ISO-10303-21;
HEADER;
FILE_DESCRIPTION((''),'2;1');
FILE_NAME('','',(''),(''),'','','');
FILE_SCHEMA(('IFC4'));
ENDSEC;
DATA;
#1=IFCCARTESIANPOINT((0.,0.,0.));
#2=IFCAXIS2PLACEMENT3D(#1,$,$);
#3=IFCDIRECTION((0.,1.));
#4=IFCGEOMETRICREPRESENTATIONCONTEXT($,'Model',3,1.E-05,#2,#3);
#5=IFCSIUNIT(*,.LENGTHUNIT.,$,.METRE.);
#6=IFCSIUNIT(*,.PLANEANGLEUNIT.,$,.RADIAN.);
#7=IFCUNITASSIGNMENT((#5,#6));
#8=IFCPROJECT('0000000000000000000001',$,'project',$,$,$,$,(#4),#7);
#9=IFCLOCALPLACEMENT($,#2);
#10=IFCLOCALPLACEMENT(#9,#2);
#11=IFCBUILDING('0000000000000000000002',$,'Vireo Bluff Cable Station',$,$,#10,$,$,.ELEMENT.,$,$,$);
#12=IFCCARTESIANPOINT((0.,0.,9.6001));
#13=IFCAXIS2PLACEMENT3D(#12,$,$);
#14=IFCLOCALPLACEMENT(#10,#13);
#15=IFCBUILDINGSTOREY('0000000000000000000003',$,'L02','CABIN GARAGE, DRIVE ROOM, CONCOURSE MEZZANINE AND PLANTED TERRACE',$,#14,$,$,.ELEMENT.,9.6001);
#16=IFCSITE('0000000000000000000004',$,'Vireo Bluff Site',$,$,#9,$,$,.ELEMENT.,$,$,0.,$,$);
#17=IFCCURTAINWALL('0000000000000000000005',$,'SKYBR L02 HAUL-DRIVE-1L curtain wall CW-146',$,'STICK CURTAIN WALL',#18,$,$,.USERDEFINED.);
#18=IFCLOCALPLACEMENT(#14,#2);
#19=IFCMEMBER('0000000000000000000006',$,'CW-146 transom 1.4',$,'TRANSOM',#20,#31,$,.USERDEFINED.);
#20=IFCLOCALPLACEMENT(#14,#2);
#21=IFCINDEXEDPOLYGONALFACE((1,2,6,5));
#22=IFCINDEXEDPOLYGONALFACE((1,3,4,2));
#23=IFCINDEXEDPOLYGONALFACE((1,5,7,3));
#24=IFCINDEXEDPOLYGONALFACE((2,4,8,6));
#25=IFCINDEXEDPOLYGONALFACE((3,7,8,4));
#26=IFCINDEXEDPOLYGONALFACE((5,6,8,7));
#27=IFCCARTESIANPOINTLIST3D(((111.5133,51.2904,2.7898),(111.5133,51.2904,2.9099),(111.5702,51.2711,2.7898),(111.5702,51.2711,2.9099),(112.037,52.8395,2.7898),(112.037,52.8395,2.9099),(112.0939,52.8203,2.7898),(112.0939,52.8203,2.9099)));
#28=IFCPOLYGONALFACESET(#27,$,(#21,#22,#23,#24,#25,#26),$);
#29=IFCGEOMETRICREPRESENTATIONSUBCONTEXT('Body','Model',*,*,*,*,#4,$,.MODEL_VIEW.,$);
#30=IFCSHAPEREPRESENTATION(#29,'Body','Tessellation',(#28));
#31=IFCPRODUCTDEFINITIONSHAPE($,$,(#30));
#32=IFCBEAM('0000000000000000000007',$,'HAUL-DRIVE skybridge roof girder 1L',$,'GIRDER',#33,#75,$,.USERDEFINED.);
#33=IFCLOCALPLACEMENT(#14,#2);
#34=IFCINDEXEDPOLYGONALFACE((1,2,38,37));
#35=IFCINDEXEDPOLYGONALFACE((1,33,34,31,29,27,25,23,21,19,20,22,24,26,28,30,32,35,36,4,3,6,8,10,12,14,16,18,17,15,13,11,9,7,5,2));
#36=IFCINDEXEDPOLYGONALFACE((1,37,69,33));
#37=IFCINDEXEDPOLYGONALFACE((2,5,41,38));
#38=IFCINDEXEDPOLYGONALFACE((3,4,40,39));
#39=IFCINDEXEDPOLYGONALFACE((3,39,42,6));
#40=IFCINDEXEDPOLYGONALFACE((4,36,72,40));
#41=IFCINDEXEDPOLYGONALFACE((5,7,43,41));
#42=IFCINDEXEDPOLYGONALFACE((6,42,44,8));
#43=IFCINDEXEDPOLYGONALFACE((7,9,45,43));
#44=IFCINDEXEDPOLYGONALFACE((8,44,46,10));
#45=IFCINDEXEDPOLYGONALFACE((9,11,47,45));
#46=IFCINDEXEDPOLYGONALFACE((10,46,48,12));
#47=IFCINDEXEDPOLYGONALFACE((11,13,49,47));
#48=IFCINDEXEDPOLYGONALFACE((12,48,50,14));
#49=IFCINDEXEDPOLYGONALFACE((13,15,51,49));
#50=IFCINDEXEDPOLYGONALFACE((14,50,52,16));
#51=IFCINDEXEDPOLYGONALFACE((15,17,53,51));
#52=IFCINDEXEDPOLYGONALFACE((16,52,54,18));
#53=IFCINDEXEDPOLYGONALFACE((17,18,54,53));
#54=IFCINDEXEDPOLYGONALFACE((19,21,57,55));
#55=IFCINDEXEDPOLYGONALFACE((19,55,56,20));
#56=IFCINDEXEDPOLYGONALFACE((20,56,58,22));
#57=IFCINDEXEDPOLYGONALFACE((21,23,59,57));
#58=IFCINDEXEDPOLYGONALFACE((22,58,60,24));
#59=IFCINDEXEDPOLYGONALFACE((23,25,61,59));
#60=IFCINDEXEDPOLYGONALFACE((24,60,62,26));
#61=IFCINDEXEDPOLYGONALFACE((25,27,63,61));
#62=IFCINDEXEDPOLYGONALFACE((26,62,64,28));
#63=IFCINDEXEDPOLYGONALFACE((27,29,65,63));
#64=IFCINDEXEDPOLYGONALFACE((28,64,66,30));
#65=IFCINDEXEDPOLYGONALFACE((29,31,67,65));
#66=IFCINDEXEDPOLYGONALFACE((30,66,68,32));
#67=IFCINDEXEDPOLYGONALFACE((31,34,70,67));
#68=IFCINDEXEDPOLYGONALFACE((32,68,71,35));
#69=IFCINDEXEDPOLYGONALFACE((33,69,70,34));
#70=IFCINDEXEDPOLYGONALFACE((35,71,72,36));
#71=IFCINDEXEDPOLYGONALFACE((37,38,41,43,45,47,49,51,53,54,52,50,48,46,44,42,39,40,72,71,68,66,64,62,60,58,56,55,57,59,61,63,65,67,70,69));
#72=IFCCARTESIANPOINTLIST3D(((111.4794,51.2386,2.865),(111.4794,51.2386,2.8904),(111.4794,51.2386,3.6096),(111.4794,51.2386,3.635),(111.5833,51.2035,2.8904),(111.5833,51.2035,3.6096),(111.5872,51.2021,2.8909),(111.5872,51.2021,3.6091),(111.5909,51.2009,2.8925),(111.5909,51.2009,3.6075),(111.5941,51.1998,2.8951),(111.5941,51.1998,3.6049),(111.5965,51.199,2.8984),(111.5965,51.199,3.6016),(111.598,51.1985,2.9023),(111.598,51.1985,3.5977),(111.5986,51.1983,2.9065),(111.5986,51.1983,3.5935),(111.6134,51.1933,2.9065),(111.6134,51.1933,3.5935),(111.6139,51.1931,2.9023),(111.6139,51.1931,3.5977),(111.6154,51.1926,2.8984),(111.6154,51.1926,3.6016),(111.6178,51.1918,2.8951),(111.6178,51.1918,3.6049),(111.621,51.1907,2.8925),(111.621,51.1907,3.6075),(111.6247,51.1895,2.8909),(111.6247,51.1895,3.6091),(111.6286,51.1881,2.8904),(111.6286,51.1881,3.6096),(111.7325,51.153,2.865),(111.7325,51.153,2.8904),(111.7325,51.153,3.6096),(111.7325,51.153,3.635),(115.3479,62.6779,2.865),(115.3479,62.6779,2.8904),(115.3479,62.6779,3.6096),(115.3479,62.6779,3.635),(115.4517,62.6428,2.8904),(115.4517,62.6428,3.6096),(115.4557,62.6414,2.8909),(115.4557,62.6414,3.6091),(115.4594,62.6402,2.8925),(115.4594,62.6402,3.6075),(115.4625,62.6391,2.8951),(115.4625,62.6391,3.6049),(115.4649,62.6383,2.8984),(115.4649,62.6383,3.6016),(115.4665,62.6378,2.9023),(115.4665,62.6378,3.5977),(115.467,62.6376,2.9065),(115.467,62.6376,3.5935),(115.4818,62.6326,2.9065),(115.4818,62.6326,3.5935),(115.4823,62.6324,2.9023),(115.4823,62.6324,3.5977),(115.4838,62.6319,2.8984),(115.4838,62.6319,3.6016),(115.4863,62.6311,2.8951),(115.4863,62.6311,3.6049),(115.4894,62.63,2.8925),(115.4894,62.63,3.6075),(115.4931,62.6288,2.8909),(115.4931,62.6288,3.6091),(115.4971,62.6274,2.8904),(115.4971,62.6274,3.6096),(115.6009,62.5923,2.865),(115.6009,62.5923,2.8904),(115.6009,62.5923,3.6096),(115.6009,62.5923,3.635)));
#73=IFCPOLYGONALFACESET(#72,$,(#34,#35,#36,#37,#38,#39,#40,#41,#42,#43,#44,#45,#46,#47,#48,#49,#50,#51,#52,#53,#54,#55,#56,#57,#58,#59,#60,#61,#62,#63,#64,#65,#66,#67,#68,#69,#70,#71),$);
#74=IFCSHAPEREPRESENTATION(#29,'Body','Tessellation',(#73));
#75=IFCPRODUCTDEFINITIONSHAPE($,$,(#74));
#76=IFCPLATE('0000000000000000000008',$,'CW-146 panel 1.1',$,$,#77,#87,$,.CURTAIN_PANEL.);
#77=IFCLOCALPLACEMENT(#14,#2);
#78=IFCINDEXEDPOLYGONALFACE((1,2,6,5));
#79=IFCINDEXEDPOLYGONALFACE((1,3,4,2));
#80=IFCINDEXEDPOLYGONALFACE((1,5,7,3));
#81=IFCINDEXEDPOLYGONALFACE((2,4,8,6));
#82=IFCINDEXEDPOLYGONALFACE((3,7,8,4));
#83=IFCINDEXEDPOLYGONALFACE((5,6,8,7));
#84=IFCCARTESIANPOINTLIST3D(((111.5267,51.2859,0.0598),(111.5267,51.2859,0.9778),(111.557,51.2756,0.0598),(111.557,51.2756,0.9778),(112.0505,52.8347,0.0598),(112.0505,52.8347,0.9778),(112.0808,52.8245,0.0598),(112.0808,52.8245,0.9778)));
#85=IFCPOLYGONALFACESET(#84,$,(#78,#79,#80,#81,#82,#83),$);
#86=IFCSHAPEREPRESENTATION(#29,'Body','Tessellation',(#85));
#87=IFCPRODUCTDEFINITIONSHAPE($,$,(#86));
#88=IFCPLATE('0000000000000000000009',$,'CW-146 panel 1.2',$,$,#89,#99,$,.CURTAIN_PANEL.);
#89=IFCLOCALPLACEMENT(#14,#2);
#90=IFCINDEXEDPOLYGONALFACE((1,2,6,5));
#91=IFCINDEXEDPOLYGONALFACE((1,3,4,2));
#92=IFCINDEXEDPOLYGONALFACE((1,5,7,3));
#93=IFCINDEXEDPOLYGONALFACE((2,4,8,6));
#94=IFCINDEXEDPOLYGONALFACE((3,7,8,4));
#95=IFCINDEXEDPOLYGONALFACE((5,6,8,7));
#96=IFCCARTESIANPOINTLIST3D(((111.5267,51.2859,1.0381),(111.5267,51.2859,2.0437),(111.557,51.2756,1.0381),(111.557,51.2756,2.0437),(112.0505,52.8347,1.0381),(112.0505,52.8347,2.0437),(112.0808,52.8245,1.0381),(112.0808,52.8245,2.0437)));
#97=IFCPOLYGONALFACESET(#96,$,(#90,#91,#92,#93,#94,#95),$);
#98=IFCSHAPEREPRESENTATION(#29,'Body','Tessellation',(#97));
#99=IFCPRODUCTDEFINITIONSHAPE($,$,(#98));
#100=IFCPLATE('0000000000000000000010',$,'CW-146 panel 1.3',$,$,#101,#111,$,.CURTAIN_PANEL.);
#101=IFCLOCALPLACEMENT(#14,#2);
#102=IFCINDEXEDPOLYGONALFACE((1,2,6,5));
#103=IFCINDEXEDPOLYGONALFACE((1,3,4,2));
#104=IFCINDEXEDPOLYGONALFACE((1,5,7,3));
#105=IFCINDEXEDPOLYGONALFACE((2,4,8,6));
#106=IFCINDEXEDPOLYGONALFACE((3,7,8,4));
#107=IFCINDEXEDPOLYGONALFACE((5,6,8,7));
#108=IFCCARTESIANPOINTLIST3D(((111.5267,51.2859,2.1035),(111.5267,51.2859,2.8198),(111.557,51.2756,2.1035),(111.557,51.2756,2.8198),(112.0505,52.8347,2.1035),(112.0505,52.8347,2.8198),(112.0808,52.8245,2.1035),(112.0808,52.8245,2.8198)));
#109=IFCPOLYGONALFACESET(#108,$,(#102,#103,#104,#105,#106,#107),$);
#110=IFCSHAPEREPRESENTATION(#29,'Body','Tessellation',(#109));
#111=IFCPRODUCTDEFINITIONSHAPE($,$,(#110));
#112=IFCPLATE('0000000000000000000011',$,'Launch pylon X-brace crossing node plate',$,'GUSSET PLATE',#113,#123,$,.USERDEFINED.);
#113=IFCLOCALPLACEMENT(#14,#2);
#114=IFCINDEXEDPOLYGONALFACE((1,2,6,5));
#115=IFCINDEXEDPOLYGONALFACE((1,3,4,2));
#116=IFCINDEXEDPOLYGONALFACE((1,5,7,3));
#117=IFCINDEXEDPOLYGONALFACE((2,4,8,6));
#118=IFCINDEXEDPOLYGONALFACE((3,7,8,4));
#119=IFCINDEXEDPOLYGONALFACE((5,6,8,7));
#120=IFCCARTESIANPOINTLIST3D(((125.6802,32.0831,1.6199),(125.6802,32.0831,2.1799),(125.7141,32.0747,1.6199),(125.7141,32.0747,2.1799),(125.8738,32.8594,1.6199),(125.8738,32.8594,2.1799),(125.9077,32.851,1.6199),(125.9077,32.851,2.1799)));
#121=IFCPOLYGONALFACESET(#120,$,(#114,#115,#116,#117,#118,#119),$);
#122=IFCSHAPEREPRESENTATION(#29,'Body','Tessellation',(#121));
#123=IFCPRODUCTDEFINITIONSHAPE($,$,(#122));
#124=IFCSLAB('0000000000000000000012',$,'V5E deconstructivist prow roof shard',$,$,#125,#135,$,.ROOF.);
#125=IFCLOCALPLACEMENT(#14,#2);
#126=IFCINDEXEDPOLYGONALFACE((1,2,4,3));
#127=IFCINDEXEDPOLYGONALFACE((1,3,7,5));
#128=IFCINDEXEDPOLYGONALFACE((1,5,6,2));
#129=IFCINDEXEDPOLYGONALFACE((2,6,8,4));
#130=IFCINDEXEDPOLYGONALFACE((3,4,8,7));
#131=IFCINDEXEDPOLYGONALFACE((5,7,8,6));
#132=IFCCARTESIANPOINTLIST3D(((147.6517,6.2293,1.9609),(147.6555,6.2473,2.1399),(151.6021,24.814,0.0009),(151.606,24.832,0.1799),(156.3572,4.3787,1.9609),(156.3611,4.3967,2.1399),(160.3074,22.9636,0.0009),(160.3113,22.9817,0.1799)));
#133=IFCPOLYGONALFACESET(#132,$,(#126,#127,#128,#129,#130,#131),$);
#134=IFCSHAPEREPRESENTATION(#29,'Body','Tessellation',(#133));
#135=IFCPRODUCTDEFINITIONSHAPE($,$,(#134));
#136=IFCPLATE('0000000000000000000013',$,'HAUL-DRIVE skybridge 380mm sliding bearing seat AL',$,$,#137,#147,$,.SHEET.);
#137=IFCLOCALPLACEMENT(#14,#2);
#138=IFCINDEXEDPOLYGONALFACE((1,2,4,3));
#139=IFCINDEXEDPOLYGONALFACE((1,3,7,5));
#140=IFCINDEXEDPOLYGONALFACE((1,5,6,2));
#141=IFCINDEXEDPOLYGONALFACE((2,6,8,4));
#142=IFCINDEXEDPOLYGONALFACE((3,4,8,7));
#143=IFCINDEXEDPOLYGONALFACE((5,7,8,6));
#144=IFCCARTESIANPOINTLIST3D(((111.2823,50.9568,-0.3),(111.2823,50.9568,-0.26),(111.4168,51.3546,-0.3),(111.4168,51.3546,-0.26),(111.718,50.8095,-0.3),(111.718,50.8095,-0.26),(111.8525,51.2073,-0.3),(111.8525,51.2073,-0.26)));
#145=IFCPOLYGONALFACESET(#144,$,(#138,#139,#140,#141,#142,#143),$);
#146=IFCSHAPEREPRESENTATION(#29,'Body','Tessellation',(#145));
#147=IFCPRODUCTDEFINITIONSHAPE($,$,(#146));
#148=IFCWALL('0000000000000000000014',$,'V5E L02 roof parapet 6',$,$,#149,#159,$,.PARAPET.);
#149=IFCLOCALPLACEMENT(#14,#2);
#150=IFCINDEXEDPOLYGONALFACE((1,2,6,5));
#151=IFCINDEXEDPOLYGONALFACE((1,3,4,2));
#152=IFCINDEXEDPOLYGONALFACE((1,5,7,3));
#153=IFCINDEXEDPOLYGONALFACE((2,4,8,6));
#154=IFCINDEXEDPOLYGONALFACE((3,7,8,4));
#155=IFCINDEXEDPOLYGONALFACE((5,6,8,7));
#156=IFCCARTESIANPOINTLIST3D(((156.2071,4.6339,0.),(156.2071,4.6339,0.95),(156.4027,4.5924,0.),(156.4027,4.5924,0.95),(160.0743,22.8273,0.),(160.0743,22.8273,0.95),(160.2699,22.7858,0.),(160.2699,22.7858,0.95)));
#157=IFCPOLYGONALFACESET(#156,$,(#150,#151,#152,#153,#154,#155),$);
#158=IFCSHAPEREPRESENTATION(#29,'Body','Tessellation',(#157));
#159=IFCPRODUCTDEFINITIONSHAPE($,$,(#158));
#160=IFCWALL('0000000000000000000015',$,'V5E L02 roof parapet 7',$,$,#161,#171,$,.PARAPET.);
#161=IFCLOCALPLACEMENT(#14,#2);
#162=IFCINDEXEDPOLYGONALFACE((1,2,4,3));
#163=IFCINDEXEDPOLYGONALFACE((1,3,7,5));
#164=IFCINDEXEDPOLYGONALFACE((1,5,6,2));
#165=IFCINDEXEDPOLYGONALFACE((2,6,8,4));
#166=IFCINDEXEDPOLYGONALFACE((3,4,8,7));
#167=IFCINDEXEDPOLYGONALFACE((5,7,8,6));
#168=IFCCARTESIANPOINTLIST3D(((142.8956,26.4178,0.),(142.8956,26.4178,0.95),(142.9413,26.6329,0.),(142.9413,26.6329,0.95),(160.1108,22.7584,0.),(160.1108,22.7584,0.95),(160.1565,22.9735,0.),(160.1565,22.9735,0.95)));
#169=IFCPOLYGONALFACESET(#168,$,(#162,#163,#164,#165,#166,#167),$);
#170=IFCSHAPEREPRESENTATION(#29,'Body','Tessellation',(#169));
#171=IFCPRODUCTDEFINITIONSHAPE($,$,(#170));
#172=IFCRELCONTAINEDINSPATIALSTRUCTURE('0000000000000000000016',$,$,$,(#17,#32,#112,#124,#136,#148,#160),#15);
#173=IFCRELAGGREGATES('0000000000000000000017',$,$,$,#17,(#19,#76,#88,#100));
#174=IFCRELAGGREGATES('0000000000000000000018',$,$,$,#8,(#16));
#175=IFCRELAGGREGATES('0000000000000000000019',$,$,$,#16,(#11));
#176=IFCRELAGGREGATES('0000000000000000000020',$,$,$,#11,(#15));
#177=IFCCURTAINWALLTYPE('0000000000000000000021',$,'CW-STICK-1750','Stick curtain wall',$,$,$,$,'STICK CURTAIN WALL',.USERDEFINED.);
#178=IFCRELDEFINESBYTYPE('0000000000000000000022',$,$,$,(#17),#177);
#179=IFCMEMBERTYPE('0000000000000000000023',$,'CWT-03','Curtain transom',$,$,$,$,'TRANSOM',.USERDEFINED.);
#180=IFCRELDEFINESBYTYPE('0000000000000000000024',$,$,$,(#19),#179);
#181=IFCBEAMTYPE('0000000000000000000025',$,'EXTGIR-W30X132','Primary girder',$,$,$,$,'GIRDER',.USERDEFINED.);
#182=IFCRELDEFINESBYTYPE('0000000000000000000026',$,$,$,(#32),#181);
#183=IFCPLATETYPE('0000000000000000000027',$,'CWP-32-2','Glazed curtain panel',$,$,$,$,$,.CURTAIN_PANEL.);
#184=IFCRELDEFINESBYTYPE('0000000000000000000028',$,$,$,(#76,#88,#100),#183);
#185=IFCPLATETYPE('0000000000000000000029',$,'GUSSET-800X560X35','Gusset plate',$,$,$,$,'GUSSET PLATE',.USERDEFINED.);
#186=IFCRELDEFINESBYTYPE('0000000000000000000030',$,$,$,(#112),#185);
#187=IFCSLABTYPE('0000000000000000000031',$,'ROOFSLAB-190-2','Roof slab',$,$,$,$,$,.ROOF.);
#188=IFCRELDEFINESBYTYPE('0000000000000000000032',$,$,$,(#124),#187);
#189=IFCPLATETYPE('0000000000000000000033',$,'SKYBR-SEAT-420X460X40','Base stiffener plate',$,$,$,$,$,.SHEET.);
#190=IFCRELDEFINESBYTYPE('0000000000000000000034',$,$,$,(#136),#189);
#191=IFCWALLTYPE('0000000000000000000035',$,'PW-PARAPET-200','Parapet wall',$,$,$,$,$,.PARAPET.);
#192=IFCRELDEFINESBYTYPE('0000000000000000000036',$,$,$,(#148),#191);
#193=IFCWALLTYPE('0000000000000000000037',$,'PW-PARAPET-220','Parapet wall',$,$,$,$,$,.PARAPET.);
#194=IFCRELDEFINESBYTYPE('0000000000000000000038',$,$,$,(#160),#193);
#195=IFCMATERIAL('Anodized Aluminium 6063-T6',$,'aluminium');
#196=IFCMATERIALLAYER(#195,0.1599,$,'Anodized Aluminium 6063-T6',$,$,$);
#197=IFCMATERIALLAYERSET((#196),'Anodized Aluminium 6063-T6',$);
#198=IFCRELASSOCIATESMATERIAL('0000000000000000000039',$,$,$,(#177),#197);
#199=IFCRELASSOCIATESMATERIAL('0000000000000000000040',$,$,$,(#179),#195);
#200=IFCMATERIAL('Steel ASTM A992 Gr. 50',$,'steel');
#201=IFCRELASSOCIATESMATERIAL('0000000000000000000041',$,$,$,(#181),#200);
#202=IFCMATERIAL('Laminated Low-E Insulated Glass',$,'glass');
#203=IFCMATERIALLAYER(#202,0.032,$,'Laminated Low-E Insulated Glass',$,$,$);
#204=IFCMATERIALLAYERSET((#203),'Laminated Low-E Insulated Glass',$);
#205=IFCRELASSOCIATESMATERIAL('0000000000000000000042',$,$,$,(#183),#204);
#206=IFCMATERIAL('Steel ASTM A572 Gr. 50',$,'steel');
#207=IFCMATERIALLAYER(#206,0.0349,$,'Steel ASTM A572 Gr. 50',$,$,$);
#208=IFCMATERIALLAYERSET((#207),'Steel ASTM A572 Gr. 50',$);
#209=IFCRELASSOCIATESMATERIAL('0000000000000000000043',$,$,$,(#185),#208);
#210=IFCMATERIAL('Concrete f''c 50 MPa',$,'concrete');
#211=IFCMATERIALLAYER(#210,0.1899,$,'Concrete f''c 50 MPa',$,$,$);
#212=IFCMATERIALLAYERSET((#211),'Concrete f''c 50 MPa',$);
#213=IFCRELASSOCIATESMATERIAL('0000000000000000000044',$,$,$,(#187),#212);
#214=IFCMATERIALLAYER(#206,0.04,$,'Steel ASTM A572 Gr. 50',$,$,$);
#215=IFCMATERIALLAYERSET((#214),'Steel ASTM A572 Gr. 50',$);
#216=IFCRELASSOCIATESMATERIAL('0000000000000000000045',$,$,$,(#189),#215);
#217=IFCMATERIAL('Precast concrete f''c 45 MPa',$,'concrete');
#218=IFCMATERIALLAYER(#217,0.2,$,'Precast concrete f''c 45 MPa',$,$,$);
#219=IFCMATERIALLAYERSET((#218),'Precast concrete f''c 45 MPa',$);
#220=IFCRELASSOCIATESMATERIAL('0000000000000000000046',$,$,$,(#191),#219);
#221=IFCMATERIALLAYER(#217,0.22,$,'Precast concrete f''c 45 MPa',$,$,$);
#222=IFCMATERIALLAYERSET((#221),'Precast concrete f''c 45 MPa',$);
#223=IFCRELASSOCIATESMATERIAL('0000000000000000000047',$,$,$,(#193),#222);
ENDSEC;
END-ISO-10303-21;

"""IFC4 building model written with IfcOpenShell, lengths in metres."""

from ifc_helpers import new_model, si_unit, direction, frame, frame_2d, origin, origin_2d, place, context, subcontext, project, spatial, polyline, rectangle, i_section, outline, extrude, material, layer, layer_set, material_profile, profile_set, type_object, element, aggregate, save


model = new_model("IFC4")

# Units and contexts
model_context = context("Model", 3, precision=1e-05, world=origin(), true_north=direction((0.0, 1.0)))
body_context = subcontext(model_context, "Body", "Model", "MODEL_VIEW")
ifc_project = project(units=[si_unit("LENGTHUNIT", "METRE"), si_unit("PLANEANGLEUNIT", "RADIAN")], contexts=[model_context])

# Site, building, storey
site_placement = place(None, origin())
site = spatial("IfcSite", under=ifc_project, at=site_placement, Name="Vireo Bluff Site", CompositionType="ELEMENT", RefElevation=0.0)
building_placement = place(site_placement, origin())
building = spatial("IfcBuilding", under=site, at=building_placement, Name="Vireo Bluff Cable Station", CompositionType="ELEMENT")
storey_placement = place(building_placement, frame((0.0, 0.0, 9.6001)))
storey = spatial("IfcBuildingStorey", under=building, at=storey_placement, Name="L02", Description="CABIN GARAGE, DRIVE ROOM, CONCOURSE MEZZANINE AND PLANTED TERRACE", CompositionType="ELEMENT", Elevation=9.6001)

# Shared definitions
ifc_material_1 = material(Name="Steel ASTM A992 Gr. 50", Category="steel")

# Curtain wall, member
ifc_material_2 = material(Name="Anodized Aluminium 6063-T6", Category="aluminium")
ifc_layer_1 = layer(ifc_material_2, 0.1599, Name="Anodized Aluminium 6063-T6")
ifc_layer_set_1 = layer_set([ifc_layer_1], Name="Anodized Aluminium 6063-T6")
curtain_wall_type = type_object("IfcCurtainWallType", Name="CW-STICK-1750", Description="Stick curtain wall", ElementType="STICK CURTAIN WALL", PredefinedType="USERDEFINED", material=ifc_layer_set_1)
curtain_wall_placement = place(storey_placement, origin())
curtain_wall = element("IfcCurtainWall", 1, at=curtain_wall_placement, inside=storey, type_object=curtain_wall_type, Name="SKYBR L02 HAUL-DRIVE-1L curtain wall CW-146", ObjectType="STICK CURTAIN WALL", PredefinedType="USERDEFINED")
ifc_material_profile_1 = material_profile(ifc_material_2, rectangle(XDim=0.0601, YDim=0.1201, at=origin_2d()), Name="ALU-T-60X120")
ifc_profile_set_1 = profile_set([ifc_material_profile_1], Name="Anodized Aluminium 6063-T6")
member_type_1 = type_object("IfcMemberType", Name="CWT-03", Description="Curtain transom", ElementType="TRANSOM", PredefinedType="USERDEFINED", material=ifc_profile_set_1)
member_1_placement = place(storey_placement, frame((111.5417, 51.2808, 2.8499), z_axis=(0.320256, 0.947331, 0.0), x_axis=(-0.947331, 0.320256, 0.0)))
member_1 = element("IfcMember", 2, at=member_1_placement, type_object=member_type_1, Name="CW-146 transom 1.4", ObjectType="TRANSOM", PredefinedType="USERDEFINED", context=body_context, shape_type="SweptSolid", body=[
    extrude(rectangle(XDim=0.0601, YDim=0.1201, at=origin_2d()), origin(), (0.0, 0.0, 1.0), 1.6353),
])

# Beam
ifc_material_profile_2 = material_profile(ifc_material_1, i_section(OverallWidth=0.2671, OverallDepth=0.77, WebThickness=0.0156, FlangeThickness=0.0254, FilletRadius=0.0161, at=origin_2d()), Name="W30X132")
ifc_profile_set_2 = profile_set([ifc_material_profile_2], Name="Steel ASTM A992 Gr. 50")
beam_type = type_object("IfcBeamType", Name="EXTGIR-W30X132", Description="Primary girder", ElementType="GIRDER", PredefinedType="USERDEFINED", material=ifc_profile_set_2)
beam_placement = place(storey_placement, frame((111.606, 51.1958, 3.25), z_axis=(0.320349, 0.9473, 0.0), x_axis=(-0.9473, 0.320349, 0.0)))
element("IfcBeam", 3, at=beam_placement, inside=storey, type_object=beam_type, Name="HAUL-DRIVE skybridge roof girder 1L", ObjectType="GIRDER", PredefinedType="USERDEFINED", context=body_context, shape_type="SweptSolid", body=[
    extrude(i_section(OverallWidth=0.2671, OverallDepth=0.77, WebThickness=0.0156, FlangeThickness=0.0254, FilletRadius=0.0161, at=origin_2d()), origin(), (0.0, 0.0, 1.0), 12.0757),
])

# Plates
ifc_material_3 = material(Name="Laminated Low-E Insulated Glass", Category="glass")
ifc_layer_2 = layer(ifc_material_3, 0.032, Name="Laminated Low-E Insulated Glass")
ifc_layer_set_2 = layer_set([ifc_layer_2], Name="Laminated Low-E Insulated Glass")
plate_type_1 = type_object("IfcPlateType", Name="CWP-32-2", Description="Glazed curtain panel", PredefinedType="CURTAIN_PANEL", material=ifc_layer_set_2)
plate_1_placement = place(storey_placement, frame((111.8037, 52.0552, 0.0598), z_axis=(0.0, 0.0, 1.0), x_axis=(0.320364, 0.947295, 0.0)))
plate_1 = element("IfcPlate", 4, at=plate_1_placement, type_object=plate_type_1, Name="CW-146 panel 1.1", PredefinedType="CURTAIN_PANEL", context=body_context, shape_type="SweptSolid", body=[
    extrude(rectangle(XDim=1.635, YDim=0.032, at=origin_2d()), origin(), (0.0, 0.0, 1.0), 0.918),
])
plate_2_placement = place(storey_placement, frame((111.8037, 52.0552, 1.0381), z_axis=(0.0, 0.0, 1.0), x_axis=(0.320364, 0.947295, 0.0)))
plate_2 = element("IfcPlate", 5, at=plate_2_placement, type_object=plate_type_1, Name="CW-146 panel 1.2", PredefinedType="CURTAIN_PANEL", context=body_context, shape_type="SweptSolid", body=[
    extrude(rectangle(XDim=1.635, YDim=0.032, at=origin_2d()), origin(), (0.0, 0.0, 1.0), 1.0056),
])
plate_3_placement = place(storey_placement, frame((111.8037, 52.0552, 2.1035), z_axis=(0.0, 0.0, 1.0), x_axis=(0.320364, 0.947295, 0.0)))
plate_3 = element("IfcPlate", 6, at=plate_3_placement, type_object=plate_type_1, Name="CW-146 panel 1.3", PredefinedType="CURTAIN_PANEL", context=body_context, shape_type="SweptSolid", body=[
    extrude(rectangle(XDim=1.635, YDim=0.032, at=origin_2d()), origin(), (0.0, 0.0, 1.0), 0.7163),
])
aggregate(curtain_wall, [member_1, plate_1, plate_2, plate_3])
ifc_material_4 = material(Name="Steel ASTM A572 Gr. 50", Category="steel")
ifc_layer_3 = layer(ifc_material_4, 0.0349, Name="Steel ASTM A572 Gr. 50")
ifc_layer_set_3 = layer_set([ifc_layer_3], Name="Steel ASTM A572 Gr. 50")
plate_type_2 = type_object("IfcPlateType", Name="GUSSET-800X560X35", Description="Gusset plate", ElementType="GUSSET PLATE", PredefinedType="USERDEFINED", material=ifc_layer_set_3)
plate_4_placement = place(storey_placement, frame((125.7939, 32.467, 1.6199), z_axis=(0.0, 0.0, 1.0), x_axis=(0.970296, -0.241922, 0.0)))
element("IfcPlate", 7, at=plate_4_placement, inside=storey, type_object=plate_type_2, Name="Launch pylon X-brace crossing node plate", ObjectType="GUSSET PLATE", PredefinedType="USERDEFINED", context=body_context, shape_type="SweptSolid", body=[
    extrude(rectangle(XDim=0.0349, YDim=0.8, at=origin_2d()), origin(), (0.0, 0.0, 1.0), 0.5601),
])

# Slab
ifc_material_5 = material(Name="Concrete f'c 50 MPa", Category="concrete")
ifc_layer_4 = layer(ifc_material_5, 0.1899, Name="Concrete f'c 50 MPa")
ifc_layer_set_4 = layer_set([ifc_layer_4], Name="Concrete f'c 50 MPa")
slab_type = type_object("IfcSlabType", Name="ROOFSLAB-190-2", Description="Roof slab", PredefinedType="ROOF", material=ifc_layer_set_4)
slab_placement = place(storey_placement, frame((151.606, 24.832, 0.1799), z_axis=(0.021335, 0.100369, 0.994722), x_axis=(0.978148, -0.207908, -0.000001)))
element("IfcSlab", 8, at=slab_placement, inside=storey, type_object=slab_type, Name="V5E deconstructivist prow roof shard", PredefinedType="ROOF", context=body_context, shape_type="SweptSolid", body=[
    extrude(outline(polyline([(0.0, 0.0), (8.8998, 0.0), (8.8999, -19.1009), (-0.0002, -19.1008), (0.0, 0.0)])), origin(), (0.0, 0.0, -1.0), 0.1799),
])

# Plate
ifc_layer_5 = layer(ifc_material_4, 0.04, Name="Steel ASTM A572 Gr. 50")
ifc_layer_set_5 = layer_set([ifc_layer_5], Name="Steel ASTM A572 Gr. 50")
plate_type_3 = type_object("IfcPlateType", Name="SKYBR-SEAT-420X460X40", Description="Base stiffener plate", PredefinedType="SHEET", material=ifc_layer_set_5)
plate_5_placement = place(storey_placement, frame((111.5674, 51.082, -0.3), z_axis=(0.0, 0.0, 1.0), x_axis=(0.320352, 0.947299, 0.0)))
element("IfcPlate", 9, at=plate_5_placement, inside=storey, type_object=plate_type_3, Name="HAUL-DRIVE skybridge 380mm sliding bearing seat AL", PredefinedType="SHEET", context=body_context, shape_type="SweptSolid", body=[
    extrude(rectangle(XDim=0.4199, YDim=0.46, at=origin_2d()), origin(), (0.0, 0.0, 1.0), 0.04),
])

# Walls
ifc_material_6 = material(Name="Precast concrete f'c 45 MPa", Category="concrete")
ifc_layer_6 = layer(ifc_material_6, 0.2, Name="Precast concrete f'c 45 MPa")
ifc_layer_set_6 = layer_set([ifc_layer_6], Name="Precast concrete f'c 45 MPa")
wall_type_1 = type_object("IfcWallType", Name="PW-PARAPET-200", Description="Parapet wall", PredefinedType="PARAPET", material=ifc_layer_set_6)
wall_1_placement = place(storey_placement, frame((156.3049, 4.6133, 0.0), z_axis=(0.0, 0.0, 1.0), x_axis=(0.207915, 0.978147, 0.0)))
element("IfcWall", 10, at=wall_1_placement, inside=storey, type_object=wall_type_1, Name="V5E L02 roof parapet 6", PredefinedType="PARAPET", context=body_context, shape_type="SweptSolid", body=[
    extrude(rectangle(XDim=18.5999, YDim=0.2, at=frame_2d((9.2998, 0.0))), origin(), (0.0, 0.0, 1.0), 0.95),
])
ifc_layer_7 = layer(ifc_material_6, 0.22, Name="Precast concrete f'c 45 MPa")
ifc_layer_set_7 = layer_set([ifc_layer_7], Name="Precast concrete f'c 45 MPa")
wall_type_2 = type_object("IfcWallType", Name="PW-PARAPET-220", Description="Parapet wall", PredefinedType="PARAPET", material=ifc_layer_set_7)
wall_2_placement = place(storey_placement, frame((160.1335, 22.866, 0.0), z_axis=(0.0, 0.0, 1.0), x_axis=(-0.978145, 0.207922, 0.0)))
element("IfcWall", 11, at=wall_2_placement, inside=storey, type_object=wall_type_2, Name="V5E L02 roof parapet 7", PredefinedType="PARAPET", context=body_context, shape_type="SweptSolid", body=[
    extrude(rectangle(XDim=17.5999, YDim=0.22, at=frame_2d((8.7998, 0.0))), origin(), (0.0, 0.0, 1.0), 0.95),
])

save(model, "model.ifc")
